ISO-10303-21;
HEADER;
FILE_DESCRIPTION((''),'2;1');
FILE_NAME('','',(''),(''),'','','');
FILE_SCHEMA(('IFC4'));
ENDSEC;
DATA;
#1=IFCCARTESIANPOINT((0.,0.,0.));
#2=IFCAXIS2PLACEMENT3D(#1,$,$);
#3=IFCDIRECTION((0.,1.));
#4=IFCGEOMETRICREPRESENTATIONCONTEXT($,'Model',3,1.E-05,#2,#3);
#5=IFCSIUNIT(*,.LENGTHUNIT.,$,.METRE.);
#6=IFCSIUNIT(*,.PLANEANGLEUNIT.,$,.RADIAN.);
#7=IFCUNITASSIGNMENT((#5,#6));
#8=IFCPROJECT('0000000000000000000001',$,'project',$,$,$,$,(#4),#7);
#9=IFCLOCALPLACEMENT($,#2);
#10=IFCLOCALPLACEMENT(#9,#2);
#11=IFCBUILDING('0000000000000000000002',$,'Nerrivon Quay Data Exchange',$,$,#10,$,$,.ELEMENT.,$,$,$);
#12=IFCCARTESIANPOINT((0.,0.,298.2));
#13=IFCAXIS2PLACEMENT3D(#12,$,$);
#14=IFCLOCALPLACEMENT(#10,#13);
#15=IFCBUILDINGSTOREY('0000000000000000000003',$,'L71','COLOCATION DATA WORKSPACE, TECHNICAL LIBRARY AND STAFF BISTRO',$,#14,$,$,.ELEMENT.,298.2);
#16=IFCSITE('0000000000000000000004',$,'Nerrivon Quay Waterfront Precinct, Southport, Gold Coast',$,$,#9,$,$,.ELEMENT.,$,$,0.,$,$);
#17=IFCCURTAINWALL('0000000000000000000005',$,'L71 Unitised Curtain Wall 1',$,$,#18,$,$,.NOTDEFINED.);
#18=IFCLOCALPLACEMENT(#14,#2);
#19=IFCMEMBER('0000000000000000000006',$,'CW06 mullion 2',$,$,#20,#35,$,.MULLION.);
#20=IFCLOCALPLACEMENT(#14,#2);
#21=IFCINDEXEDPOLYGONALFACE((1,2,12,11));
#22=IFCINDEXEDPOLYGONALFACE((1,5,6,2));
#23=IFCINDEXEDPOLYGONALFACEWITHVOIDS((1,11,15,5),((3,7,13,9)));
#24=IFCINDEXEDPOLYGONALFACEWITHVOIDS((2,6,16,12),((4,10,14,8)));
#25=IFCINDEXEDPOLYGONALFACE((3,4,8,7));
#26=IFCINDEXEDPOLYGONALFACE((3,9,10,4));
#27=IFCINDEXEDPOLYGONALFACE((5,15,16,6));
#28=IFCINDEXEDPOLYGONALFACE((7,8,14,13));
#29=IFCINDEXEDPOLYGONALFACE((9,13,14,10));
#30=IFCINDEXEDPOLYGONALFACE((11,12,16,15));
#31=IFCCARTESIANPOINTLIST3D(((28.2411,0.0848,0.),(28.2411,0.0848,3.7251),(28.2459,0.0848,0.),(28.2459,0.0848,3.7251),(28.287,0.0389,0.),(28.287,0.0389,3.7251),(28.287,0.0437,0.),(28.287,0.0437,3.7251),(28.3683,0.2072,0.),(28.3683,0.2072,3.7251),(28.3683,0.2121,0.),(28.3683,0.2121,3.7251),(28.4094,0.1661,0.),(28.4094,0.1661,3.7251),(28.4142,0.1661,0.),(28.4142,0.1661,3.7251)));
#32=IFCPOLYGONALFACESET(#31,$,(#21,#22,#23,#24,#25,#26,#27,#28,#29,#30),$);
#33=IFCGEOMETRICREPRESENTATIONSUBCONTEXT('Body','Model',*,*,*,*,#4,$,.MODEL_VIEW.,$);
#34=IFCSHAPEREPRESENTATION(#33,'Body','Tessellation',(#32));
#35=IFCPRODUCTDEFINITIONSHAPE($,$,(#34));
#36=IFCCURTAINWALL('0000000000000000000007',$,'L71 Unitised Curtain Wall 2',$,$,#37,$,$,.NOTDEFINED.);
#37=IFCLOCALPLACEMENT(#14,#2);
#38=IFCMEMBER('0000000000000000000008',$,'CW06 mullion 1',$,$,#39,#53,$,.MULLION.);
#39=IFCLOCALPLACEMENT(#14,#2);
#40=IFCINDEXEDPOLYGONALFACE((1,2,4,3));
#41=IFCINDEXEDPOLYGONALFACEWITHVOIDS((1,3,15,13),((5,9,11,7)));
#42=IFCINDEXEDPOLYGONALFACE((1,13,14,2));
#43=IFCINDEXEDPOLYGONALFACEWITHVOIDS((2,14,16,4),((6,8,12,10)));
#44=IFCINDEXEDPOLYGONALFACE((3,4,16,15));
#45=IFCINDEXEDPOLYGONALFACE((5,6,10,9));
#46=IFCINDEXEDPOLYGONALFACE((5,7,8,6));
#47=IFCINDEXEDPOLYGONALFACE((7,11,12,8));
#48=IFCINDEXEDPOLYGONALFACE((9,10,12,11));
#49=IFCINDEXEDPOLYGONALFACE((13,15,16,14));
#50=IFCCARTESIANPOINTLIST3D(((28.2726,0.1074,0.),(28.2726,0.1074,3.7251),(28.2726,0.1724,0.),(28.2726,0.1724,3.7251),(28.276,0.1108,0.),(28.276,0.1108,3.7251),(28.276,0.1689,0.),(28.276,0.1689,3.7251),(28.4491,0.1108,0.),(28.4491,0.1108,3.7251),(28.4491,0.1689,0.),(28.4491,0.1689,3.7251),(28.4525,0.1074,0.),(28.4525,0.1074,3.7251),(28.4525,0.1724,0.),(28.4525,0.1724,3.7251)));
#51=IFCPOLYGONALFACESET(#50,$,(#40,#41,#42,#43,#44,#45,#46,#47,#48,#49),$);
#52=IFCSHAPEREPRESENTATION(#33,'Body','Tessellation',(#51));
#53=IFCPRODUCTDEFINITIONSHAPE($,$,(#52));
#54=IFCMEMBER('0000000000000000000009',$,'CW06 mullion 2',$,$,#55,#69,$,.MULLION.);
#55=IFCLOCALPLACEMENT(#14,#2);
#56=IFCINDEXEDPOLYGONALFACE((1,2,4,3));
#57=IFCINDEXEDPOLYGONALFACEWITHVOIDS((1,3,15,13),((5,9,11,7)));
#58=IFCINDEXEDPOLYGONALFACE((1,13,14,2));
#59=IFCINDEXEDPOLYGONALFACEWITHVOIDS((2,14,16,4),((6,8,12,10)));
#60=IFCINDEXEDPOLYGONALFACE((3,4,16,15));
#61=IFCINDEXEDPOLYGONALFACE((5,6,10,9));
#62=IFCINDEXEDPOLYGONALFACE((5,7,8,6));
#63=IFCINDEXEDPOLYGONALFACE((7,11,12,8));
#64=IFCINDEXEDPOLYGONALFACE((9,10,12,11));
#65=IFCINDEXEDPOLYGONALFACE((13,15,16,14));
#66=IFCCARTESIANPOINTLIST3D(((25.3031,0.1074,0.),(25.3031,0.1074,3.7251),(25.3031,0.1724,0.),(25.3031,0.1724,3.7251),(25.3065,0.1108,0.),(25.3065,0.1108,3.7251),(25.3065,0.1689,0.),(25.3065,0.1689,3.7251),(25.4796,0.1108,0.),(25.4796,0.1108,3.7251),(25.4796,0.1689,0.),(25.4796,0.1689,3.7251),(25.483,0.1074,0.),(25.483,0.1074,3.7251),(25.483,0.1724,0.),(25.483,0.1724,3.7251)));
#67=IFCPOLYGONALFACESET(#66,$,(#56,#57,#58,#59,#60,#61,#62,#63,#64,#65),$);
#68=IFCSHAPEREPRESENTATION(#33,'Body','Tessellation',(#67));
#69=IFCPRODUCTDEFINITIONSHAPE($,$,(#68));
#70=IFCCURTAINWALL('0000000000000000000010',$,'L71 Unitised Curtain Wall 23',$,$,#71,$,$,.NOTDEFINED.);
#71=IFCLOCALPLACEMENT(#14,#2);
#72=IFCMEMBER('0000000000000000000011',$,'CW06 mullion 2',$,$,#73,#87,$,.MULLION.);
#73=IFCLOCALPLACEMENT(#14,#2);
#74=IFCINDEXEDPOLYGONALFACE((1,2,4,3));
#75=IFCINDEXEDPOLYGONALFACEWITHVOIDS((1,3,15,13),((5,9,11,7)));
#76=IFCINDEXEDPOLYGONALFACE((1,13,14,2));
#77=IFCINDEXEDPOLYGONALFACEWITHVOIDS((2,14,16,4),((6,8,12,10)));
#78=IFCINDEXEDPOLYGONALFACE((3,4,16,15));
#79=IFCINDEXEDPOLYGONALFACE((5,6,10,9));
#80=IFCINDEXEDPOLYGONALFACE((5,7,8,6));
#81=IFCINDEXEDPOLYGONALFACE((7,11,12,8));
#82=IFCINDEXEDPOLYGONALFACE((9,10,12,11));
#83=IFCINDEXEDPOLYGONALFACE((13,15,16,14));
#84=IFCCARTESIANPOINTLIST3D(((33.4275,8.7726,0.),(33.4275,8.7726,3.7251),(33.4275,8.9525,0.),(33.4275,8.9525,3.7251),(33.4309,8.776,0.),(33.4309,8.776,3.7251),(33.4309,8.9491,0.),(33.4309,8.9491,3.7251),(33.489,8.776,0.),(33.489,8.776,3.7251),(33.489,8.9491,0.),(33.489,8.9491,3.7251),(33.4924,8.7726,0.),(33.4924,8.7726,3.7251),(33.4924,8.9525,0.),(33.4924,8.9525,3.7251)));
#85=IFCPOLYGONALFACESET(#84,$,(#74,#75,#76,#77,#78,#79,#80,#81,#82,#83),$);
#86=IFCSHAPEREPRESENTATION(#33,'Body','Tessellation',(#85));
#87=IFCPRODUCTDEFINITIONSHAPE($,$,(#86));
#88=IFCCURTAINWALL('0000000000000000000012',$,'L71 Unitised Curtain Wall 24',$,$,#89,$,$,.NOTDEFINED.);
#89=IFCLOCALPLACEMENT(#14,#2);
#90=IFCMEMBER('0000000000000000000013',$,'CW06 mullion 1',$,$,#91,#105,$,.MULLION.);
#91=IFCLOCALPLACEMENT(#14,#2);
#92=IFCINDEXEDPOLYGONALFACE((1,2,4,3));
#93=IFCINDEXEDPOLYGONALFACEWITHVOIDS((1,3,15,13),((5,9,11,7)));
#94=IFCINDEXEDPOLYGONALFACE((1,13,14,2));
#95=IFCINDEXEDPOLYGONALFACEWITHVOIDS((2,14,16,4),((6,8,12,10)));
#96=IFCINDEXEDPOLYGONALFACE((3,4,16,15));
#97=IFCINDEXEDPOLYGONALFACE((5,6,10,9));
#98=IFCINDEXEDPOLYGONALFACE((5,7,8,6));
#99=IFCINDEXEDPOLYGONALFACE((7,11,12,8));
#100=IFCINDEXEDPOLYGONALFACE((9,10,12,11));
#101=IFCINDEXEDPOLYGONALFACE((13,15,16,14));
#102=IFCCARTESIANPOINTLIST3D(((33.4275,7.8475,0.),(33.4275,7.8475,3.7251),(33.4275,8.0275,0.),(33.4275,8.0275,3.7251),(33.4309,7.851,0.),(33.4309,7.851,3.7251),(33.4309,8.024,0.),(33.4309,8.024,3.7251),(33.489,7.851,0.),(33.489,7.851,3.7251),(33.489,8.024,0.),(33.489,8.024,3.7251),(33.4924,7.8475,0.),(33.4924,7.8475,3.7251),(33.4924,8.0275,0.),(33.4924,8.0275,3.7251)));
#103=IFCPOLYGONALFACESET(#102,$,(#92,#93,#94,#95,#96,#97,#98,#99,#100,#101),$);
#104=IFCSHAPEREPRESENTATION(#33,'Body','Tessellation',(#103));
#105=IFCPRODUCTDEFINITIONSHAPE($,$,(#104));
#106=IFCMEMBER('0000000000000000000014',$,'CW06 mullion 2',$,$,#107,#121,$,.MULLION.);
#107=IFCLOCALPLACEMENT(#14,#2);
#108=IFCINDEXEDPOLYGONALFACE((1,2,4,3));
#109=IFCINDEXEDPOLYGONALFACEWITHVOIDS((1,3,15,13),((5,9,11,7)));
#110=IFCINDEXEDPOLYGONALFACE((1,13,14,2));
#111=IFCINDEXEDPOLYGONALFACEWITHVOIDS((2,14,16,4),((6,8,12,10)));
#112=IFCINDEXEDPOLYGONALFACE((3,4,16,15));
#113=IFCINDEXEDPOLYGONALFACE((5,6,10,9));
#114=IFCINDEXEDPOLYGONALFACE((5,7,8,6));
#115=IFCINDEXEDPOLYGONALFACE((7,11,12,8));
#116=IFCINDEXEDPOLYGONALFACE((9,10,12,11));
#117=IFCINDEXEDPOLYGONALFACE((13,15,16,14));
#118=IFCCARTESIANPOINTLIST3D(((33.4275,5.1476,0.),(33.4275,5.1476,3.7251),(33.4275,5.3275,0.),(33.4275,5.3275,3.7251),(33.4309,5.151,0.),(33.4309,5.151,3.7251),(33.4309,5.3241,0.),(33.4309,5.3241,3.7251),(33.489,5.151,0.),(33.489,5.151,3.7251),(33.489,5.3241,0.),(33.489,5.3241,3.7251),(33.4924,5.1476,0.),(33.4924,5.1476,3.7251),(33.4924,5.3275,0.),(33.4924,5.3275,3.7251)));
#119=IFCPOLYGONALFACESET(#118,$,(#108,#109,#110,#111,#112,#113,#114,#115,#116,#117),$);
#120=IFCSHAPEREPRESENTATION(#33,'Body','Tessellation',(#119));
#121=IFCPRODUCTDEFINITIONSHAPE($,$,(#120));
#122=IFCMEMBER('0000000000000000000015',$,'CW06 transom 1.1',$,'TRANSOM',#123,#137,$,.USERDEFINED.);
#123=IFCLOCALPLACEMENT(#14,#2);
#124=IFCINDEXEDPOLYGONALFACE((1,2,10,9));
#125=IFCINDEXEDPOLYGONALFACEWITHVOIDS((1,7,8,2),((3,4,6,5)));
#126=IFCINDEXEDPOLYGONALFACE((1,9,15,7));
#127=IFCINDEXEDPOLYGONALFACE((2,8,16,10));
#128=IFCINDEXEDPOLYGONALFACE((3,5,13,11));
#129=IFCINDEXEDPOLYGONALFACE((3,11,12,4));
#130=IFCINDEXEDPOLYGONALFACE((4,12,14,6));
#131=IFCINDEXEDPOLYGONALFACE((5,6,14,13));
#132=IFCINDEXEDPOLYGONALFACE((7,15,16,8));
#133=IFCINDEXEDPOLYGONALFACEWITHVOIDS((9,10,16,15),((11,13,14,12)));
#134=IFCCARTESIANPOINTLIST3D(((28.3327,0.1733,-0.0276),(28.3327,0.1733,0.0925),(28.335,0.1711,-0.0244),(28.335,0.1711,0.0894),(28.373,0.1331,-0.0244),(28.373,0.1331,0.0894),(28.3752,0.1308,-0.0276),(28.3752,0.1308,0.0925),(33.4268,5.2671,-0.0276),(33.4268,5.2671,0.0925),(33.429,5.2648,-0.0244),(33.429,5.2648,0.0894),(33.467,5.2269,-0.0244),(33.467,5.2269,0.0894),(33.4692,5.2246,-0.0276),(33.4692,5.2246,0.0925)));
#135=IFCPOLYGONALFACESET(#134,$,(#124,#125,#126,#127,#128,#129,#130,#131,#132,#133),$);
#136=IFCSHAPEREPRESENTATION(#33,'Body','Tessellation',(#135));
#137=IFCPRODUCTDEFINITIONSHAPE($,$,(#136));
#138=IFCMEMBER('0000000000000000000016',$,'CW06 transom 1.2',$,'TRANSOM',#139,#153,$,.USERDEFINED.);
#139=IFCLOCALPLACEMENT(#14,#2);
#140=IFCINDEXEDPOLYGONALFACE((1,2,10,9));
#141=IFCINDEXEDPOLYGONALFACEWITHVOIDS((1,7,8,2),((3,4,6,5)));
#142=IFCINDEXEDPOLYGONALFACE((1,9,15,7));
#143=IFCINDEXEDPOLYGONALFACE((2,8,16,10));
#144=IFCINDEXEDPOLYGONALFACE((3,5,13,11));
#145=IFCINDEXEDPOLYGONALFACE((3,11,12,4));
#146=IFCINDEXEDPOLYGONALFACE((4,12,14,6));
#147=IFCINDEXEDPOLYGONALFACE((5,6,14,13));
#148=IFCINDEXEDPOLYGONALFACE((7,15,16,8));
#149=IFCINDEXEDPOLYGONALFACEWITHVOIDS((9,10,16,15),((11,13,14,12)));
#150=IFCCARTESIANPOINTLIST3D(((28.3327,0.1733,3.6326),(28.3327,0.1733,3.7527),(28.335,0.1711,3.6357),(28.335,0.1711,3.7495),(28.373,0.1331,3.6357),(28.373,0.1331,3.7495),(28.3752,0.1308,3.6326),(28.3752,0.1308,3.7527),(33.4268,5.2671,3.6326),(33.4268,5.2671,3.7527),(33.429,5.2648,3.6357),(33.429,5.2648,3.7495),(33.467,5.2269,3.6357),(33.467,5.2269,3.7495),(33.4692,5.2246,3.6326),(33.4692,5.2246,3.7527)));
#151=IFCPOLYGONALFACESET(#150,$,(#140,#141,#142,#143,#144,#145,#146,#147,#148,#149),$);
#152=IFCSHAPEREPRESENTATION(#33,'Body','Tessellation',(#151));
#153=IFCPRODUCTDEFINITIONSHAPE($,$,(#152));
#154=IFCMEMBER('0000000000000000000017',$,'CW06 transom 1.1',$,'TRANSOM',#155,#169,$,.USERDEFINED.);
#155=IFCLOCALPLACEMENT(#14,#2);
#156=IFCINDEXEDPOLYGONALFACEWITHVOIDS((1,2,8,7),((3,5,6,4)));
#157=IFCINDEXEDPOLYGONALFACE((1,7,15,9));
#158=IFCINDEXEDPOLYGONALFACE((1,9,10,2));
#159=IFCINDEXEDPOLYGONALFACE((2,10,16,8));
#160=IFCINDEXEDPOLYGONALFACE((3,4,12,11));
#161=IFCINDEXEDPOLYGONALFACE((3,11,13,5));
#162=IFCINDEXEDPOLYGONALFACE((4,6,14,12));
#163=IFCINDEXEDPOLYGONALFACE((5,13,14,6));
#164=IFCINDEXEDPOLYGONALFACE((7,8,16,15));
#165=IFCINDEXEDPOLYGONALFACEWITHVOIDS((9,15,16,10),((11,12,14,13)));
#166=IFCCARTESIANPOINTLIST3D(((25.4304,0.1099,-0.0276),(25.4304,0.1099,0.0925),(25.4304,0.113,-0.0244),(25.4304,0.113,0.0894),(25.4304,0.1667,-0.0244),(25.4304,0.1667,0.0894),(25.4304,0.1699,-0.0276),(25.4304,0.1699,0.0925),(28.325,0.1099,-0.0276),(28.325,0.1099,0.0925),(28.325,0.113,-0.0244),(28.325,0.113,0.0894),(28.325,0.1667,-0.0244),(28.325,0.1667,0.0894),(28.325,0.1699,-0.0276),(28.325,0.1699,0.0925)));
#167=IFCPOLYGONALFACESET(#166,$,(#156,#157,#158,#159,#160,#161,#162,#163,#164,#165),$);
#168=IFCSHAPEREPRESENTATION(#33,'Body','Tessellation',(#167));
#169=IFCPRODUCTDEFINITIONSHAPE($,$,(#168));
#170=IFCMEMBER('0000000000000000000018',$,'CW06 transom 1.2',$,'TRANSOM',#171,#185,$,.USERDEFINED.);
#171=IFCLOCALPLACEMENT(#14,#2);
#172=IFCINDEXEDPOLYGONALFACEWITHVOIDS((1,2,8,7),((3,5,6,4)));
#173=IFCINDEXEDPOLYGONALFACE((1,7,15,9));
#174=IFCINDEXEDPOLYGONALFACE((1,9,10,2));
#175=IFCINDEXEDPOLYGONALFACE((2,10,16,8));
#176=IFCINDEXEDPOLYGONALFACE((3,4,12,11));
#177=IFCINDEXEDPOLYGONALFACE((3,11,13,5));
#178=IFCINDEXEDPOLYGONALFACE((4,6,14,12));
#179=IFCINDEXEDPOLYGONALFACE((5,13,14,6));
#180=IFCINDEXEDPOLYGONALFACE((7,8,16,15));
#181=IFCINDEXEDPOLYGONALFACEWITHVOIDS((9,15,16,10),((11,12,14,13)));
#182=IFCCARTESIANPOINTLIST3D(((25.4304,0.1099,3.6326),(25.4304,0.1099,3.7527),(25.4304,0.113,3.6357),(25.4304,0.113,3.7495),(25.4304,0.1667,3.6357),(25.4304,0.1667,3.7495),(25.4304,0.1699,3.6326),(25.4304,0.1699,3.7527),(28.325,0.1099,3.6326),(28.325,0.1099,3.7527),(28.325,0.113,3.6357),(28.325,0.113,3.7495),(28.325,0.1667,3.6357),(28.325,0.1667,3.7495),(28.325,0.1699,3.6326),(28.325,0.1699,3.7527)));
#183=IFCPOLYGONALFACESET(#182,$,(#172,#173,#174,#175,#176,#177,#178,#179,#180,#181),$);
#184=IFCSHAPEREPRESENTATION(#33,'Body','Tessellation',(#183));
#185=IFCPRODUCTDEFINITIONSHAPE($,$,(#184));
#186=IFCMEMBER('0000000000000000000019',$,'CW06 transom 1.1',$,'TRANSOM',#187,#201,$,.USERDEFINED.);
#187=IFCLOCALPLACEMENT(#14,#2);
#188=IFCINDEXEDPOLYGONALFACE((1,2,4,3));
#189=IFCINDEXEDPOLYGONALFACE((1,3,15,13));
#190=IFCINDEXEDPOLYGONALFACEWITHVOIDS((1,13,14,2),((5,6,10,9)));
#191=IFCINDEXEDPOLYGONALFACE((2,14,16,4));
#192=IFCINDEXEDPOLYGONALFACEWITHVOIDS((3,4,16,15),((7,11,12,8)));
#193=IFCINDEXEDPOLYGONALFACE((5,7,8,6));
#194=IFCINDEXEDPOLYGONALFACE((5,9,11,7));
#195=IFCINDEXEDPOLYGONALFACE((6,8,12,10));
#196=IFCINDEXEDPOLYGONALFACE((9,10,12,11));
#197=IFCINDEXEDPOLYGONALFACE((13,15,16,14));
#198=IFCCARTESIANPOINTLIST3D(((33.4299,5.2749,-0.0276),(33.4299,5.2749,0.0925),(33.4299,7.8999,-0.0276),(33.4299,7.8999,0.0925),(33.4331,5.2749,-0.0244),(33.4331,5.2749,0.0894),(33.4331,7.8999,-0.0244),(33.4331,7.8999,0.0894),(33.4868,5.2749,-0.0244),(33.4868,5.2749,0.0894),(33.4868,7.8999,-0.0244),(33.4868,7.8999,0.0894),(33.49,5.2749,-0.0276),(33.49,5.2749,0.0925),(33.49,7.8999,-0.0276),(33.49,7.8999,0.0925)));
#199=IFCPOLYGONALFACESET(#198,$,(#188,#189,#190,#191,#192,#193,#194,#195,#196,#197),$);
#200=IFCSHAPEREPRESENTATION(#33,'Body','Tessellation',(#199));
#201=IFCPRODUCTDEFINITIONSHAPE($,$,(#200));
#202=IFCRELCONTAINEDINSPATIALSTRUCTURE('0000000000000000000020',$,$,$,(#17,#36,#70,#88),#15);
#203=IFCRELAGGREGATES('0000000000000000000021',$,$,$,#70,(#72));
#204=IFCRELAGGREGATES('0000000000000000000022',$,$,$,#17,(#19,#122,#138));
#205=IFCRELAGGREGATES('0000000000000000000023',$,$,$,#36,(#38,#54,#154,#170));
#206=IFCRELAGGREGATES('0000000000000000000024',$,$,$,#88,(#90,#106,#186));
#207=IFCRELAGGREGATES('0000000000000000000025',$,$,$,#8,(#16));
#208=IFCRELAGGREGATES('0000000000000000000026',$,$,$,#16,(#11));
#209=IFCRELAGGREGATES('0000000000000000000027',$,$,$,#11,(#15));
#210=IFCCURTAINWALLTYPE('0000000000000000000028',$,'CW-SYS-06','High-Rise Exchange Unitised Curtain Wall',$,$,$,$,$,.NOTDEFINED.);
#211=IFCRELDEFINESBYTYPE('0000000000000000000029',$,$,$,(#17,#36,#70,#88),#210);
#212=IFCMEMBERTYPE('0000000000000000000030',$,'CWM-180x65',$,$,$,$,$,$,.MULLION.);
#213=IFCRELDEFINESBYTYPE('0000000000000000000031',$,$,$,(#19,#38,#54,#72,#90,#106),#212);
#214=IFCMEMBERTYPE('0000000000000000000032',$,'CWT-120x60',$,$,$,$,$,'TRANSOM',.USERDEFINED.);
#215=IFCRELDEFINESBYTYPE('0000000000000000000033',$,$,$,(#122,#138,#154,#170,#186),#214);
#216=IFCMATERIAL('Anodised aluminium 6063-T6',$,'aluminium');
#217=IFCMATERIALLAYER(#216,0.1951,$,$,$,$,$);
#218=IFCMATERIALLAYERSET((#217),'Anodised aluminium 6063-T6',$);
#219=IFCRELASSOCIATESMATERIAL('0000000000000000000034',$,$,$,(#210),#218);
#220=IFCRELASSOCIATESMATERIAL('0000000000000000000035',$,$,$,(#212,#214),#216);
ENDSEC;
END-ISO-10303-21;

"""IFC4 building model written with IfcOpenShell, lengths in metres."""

from ifc_helpers import new_model, si_unit, direction, frame, origin, origin_2d, place, context, subcontext, project, spatial, hollow_rectangle, extrude, material, layer, layer_set, material_profile, profile_set, type_object, element, aggregate, save


model = new_model("IFC4")

# Units and contexts
model_context = context("Model", 3, precision=1e-05, world=origin(), true_north=direction((0.0, 1.0)))
body_context = subcontext(model_context, "Body", "Model", "MODEL_VIEW")
ifc_project = project(units=[si_unit("LENGTHUNIT", "METRE"), si_unit("PLANEANGLEUNIT", "RADIAN")], contexts=[model_context])

# Site, building, storey
site_placement = place(None, origin())
site = spatial("IfcSite", under=ifc_project, at=site_placement, Name="Nerrivon Quay Waterfront Precinct, Southport, Gold Coast", CompositionType="ELEMENT", RefElevation=0.0)
building_placement = place(site_placement, origin())
building = spatial("IfcBuilding", under=site, at=building_placement, Name="Nerrivon Quay Data Exchange", CompositionType="ELEMENT")
storey_placement = place(building_placement, frame((0.0, 0.0, 298.2)))
storey = spatial("IfcBuildingStorey", under=building, at=storey_placement, Name="L71", Description="COLOCATION DATA WORKSPACE, TECHNICAL LIBRARY AND STAFF BISTRO", CompositionType="ELEMENT", Elevation=298.2)

# Curtain walls, members
ifc_material_1 = material(Name="Anodised aluminium 6063-T6", Category="aluminium")
ifc_layer_1 = layer(ifc_material_1, 0.1951)
ifc_layer_set_1 = layer_set([ifc_layer_1], Name="Anodised aluminium 6063-T6")
curtain_wall_type = type_object("IfcCurtainWallType", Name="CW-SYS-06", Description="High-Rise Exchange Unitised Curtain Wall", PredefinedType="NOTDEFINED", material=ifc_layer_set_1)
curtain_wall_1_placement = place(storey_placement, origin())
curtain_wall_1 = element("IfcCurtainWall", 1, at=curtain_wall_1_placement, inside=storey, type_object=curtain_wall_type, Name="L71 Unitised Curtain Wall 1", PredefinedType="NOTDEFINED")
ifc_material_profile_1 = material_profile(ifc_material_1, hollow_rectangle(XDim=0.0649, YDim=0.1799, WallThickness=0.0034, at=origin_2d()), Name="ALU-MULL-180x65")
ifc_profile_set_1 = profile_set([ifc_material_profile_1], Name="Anodised aluminium 6063-T6")
member_type_1 = type_object("IfcMemberType", Name="CWM-180x65", PredefinedType="MULLION", material=ifc_profile_set_1)
member_1_placement = place(storey_placement, frame((28.3276, 0.1255, 0.0), z_axis=(0.0, 0.0, 1.0), x_axis=(0.707107, -0.707107, 0.0)))
member_1 = element("IfcMember", 2, at=member_1_placement, type_object=member_type_1, Name="CW06 mullion 2", PredefinedType="MULLION", context=body_context, shape_type="SweptSolid", body=[
    extrude(hollow_rectangle(XDim=0.0649, YDim=0.1799, WallThickness=0.0034, at=origin_2d()), origin(), (0.0, 0.0, 1.0), 3.7251),
])
curtain_wall_2_placement = place(storey_placement, origin())
curtain_wall_2 = element("IfcCurtainWall", 3, at=curtain_wall_2_placement, inside=storey, type_object=curtain_wall_type, Name="L71 Unitised Curtain Wall 2", PredefinedType="NOTDEFINED")
member_2_placement = place(storey_placement, frame((28.3625, 0.1399, 0.0), z_axis=(0.0, 0.0, 1.0), x_axis=(0.0, -1.0, 0.0)))
member_2 = element("IfcMember", 4, at=member_2_placement, type_object=member_type_1, Name="CW06 mullion 1", PredefinedType="MULLION", context=body_context, shape_type="SweptSolid", body=[
    extrude(hollow_rectangle(XDim=0.0649, YDim=0.1799, WallThickness=0.0034, at=origin_2d()), origin(), (0.0, 0.0, 1.0), 3.7251),
])
member_3_placement = place(storey_placement, frame((25.3931, 0.1399, 0.0), z_axis=(0.0, 0.0, 1.0), x_axis=(0.0, -1.0, 0.0)))
member_3 = element("IfcMember", 5, at=member_3_placement, type_object=member_type_1, Name="CW06 mullion 2", PredefinedType="MULLION", context=body_context, shape_type="SweptSolid", body=[
    extrude(hollow_rectangle(XDim=0.0649, YDim=0.1799, WallThickness=0.0034, at=origin_2d()), origin(), (0.0, 0.0, 1.0), 3.7251),
])

# Curtain wall, member
curtain_wall_3_placement = place(storey_placement, origin())
curtain_wall_3 = element("IfcCurtainWall", 6, at=curtain_wall_3_placement, inside=storey, type_object=curtain_wall_type, Name="L71 Unitised Curtain Wall 23", PredefinedType="NOTDEFINED")
member_4_placement = place(storey_placement, frame((33.46, 8.8625, 0.0), z_axis=(0.0, 0.0, 1.0), x_axis=(1.0, 0.0, 0.0)))
member_4 = element("IfcMember", 7, at=member_4_placement, type_object=member_type_1, Name="CW06 mullion 2", PredefinedType="MULLION", context=body_context, shape_type="SweptSolid", body=[
    extrude(hollow_rectangle(XDim=0.0649, YDim=0.1799, WallThickness=0.0034, at=origin_2d()), origin(), (0.0, 0.0, 1.0), 3.7251),
])
aggregate(curtain_wall_3, [member_4])

# Curtain wall, members
curtain_wall_4_placement = place(storey_placement, origin())
curtain_wall_4 = element("IfcCurtainWall", 8, at=curtain_wall_4_placement, inside=storey, type_object=curtain_wall_type, Name="L71 Unitised Curtain Wall 24", PredefinedType="NOTDEFINED")
member_5_placement = place(storey_placement, frame((33.46, 7.9375, 0.0), z_axis=(0.0, 0.0, 1.0), x_axis=(1.0, 0.0, 0.0)))
member_5 = element("IfcMember", 9, at=member_5_placement, type_object=member_type_1, Name="CW06 mullion 1", PredefinedType="MULLION", context=body_context, shape_type="SweptSolid", body=[
    extrude(hollow_rectangle(XDim=0.0649, YDim=0.1799, WallThickness=0.0034, at=origin_2d()), origin(), (0.0, 0.0, 1.0), 3.7251),
])
member_6_placement = place(storey_placement, frame((33.46, 5.2375, 0.0), z_axis=(0.0, 0.0, 1.0), x_axis=(1.0, 0.0, 0.0)))
member_6 = element("IfcMember", 10, at=member_6_placement, type_object=member_type_1, Name="CW06 mullion 2", PredefinedType="MULLION", context=body_context, shape_type="SweptSolid", body=[
    extrude(hollow_rectangle(XDim=0.0649, YDim=0.1799, WallThickness=0.0034, at=origin_2d()), origin(), (0.0, 0.0, 1.0), 3.7251),
])

# Members
ifc_material_profile_2 = material_profile(ifc_material_1, hollow_rectangle(XDim=0.0601, YDim=0.1201, WallThickness=0.0032, at=origin_2d()), Name="ALU-TRAN-120x60")
ifc_profile_set_2 = profile_set([ifc_material_profile_2], Name="Anodised aluminium 6063-T6")
member_type_2 = type_object("IfcMemberType", Name="CWT-120x60", ElementType="TRANSOM", PredefinedType="USERDEFINED", material=ifc_profile_set_2)
member_7_placement = place(storey_placement, frame((33.448, 5.2458, 0.0325), z_axis=(-0.707124, -0.70709, 0.0), x_axis=(0.70709, -0.707124, 0.0)))
member_7 = element("IfcMember", 11, at=member_7_placement, type_object=member_type_2, Name="CW06 transom 1.1", ObjectType="TRANSOM", PredefinedType="USERDEFINED", context=body_context, shape_type="SweptSolid", body=[
    extrude(hollow_rectangle(XDim=0.0601, YDim=0.1201, WallThickness=0.0032, at=origin_2d()), origin(), (0.0, 0.0, 1.0), 7.2039),
])
member_8_placement = place(storey_placement, frame((33.448, 5.2458, 3.6926), z_axis=(-0.707124, -0.70709, 0.0), x_axis=(0.70709, -0.707124, 0.0)))
member_8 = element("IfcMember", 12, at=member_8_placement, type_object=member_type_2, Name="CW06 transom 1.2", ObjectType="TRANSOM", PredefinedType="USERDEFINED", context=body_context, shape_type="SweptSolid", body=[
    extrude(hollow_rectangle(XDim=0.0601, YDim=0.1201, WallThickness=0.0032, at=origin_2d()), origin(), (0.0, 0.0, 1.0), 7.2039),
])
member_9_placement = place(storey_placement, frame((28.325, 0.1399, 0.0325), z_axis=(-1.0, 0.0, 0.0), x_axis=(0.0, -1.0, 0.0)))
member_9 = element("IfcMember", 13, at=member_9_placement, type_object=member_type_2, Name="CW06 transom 1.1", ObjectType="TRANSOM", PredefinedType="USERDEFINED", context=body_context, shape_type="SweptSolid", body=[
    extrude(hollow_rectangle(XDim=0.0601, YDim=0.1201, WallThickness=0.0032, at=origin_2d()), origin(), (0.0, 0.0, 1.0), 2.8945),
])
member_10_placement = place(storey_placement, frame((28.325, 0.1399, 3.6926), z_axis=(-1.0, 0.0, 0.0), x_axis=(0.0, -1.0, 0.0)))
member_10 = element("IfcMember", 14, at=member_10_placement, type_object=member_type_2, Name="CW06 transom 1.2", ObjectType="TRANSOM", PredefinedType="USERDEFINED", context=body_context, shape_type="SweptSolid", body=[
    extrude(hollow_rectangle(XDim=0.0601, YDim=0.1201, WallThickness=0.0032, at=origin_2d()), origin(), (0.0, 0.0, 1.0), 2.8945),
])
member_11_placement = place(storey_placement, frame((33.46, 7.8999, 0.0325), z_axis=(0.0, -1.0, 0.0), x_axis=(1.0, 0.0, 0.0)))
member_11 = element("IfcMember", 15, at=member_11_placement, type_object=member_type_2, Name="CW06 transom 1.1", ObjectType="TRANSOM", PredefinedType="USERDEFINED", context=body_context, shape_type="SweptSolid", body=[
    extrude(hollow_rectangle(XDim=0.0601, YDim=0.1201, WallThickness=0.0032, at=origin_2d()), origin(), (0.0, 0.0, 1.0), 2.625),
])

aggregate(curtain_wall_1, [member_1, member_7, member_8])
aggregate(curtain_wall_2, [member_2, member_3, member_9, member_10])
aggregate(curtain_wall_4, [member_5, member_6, member_11])

save(model, "model.ifc")
